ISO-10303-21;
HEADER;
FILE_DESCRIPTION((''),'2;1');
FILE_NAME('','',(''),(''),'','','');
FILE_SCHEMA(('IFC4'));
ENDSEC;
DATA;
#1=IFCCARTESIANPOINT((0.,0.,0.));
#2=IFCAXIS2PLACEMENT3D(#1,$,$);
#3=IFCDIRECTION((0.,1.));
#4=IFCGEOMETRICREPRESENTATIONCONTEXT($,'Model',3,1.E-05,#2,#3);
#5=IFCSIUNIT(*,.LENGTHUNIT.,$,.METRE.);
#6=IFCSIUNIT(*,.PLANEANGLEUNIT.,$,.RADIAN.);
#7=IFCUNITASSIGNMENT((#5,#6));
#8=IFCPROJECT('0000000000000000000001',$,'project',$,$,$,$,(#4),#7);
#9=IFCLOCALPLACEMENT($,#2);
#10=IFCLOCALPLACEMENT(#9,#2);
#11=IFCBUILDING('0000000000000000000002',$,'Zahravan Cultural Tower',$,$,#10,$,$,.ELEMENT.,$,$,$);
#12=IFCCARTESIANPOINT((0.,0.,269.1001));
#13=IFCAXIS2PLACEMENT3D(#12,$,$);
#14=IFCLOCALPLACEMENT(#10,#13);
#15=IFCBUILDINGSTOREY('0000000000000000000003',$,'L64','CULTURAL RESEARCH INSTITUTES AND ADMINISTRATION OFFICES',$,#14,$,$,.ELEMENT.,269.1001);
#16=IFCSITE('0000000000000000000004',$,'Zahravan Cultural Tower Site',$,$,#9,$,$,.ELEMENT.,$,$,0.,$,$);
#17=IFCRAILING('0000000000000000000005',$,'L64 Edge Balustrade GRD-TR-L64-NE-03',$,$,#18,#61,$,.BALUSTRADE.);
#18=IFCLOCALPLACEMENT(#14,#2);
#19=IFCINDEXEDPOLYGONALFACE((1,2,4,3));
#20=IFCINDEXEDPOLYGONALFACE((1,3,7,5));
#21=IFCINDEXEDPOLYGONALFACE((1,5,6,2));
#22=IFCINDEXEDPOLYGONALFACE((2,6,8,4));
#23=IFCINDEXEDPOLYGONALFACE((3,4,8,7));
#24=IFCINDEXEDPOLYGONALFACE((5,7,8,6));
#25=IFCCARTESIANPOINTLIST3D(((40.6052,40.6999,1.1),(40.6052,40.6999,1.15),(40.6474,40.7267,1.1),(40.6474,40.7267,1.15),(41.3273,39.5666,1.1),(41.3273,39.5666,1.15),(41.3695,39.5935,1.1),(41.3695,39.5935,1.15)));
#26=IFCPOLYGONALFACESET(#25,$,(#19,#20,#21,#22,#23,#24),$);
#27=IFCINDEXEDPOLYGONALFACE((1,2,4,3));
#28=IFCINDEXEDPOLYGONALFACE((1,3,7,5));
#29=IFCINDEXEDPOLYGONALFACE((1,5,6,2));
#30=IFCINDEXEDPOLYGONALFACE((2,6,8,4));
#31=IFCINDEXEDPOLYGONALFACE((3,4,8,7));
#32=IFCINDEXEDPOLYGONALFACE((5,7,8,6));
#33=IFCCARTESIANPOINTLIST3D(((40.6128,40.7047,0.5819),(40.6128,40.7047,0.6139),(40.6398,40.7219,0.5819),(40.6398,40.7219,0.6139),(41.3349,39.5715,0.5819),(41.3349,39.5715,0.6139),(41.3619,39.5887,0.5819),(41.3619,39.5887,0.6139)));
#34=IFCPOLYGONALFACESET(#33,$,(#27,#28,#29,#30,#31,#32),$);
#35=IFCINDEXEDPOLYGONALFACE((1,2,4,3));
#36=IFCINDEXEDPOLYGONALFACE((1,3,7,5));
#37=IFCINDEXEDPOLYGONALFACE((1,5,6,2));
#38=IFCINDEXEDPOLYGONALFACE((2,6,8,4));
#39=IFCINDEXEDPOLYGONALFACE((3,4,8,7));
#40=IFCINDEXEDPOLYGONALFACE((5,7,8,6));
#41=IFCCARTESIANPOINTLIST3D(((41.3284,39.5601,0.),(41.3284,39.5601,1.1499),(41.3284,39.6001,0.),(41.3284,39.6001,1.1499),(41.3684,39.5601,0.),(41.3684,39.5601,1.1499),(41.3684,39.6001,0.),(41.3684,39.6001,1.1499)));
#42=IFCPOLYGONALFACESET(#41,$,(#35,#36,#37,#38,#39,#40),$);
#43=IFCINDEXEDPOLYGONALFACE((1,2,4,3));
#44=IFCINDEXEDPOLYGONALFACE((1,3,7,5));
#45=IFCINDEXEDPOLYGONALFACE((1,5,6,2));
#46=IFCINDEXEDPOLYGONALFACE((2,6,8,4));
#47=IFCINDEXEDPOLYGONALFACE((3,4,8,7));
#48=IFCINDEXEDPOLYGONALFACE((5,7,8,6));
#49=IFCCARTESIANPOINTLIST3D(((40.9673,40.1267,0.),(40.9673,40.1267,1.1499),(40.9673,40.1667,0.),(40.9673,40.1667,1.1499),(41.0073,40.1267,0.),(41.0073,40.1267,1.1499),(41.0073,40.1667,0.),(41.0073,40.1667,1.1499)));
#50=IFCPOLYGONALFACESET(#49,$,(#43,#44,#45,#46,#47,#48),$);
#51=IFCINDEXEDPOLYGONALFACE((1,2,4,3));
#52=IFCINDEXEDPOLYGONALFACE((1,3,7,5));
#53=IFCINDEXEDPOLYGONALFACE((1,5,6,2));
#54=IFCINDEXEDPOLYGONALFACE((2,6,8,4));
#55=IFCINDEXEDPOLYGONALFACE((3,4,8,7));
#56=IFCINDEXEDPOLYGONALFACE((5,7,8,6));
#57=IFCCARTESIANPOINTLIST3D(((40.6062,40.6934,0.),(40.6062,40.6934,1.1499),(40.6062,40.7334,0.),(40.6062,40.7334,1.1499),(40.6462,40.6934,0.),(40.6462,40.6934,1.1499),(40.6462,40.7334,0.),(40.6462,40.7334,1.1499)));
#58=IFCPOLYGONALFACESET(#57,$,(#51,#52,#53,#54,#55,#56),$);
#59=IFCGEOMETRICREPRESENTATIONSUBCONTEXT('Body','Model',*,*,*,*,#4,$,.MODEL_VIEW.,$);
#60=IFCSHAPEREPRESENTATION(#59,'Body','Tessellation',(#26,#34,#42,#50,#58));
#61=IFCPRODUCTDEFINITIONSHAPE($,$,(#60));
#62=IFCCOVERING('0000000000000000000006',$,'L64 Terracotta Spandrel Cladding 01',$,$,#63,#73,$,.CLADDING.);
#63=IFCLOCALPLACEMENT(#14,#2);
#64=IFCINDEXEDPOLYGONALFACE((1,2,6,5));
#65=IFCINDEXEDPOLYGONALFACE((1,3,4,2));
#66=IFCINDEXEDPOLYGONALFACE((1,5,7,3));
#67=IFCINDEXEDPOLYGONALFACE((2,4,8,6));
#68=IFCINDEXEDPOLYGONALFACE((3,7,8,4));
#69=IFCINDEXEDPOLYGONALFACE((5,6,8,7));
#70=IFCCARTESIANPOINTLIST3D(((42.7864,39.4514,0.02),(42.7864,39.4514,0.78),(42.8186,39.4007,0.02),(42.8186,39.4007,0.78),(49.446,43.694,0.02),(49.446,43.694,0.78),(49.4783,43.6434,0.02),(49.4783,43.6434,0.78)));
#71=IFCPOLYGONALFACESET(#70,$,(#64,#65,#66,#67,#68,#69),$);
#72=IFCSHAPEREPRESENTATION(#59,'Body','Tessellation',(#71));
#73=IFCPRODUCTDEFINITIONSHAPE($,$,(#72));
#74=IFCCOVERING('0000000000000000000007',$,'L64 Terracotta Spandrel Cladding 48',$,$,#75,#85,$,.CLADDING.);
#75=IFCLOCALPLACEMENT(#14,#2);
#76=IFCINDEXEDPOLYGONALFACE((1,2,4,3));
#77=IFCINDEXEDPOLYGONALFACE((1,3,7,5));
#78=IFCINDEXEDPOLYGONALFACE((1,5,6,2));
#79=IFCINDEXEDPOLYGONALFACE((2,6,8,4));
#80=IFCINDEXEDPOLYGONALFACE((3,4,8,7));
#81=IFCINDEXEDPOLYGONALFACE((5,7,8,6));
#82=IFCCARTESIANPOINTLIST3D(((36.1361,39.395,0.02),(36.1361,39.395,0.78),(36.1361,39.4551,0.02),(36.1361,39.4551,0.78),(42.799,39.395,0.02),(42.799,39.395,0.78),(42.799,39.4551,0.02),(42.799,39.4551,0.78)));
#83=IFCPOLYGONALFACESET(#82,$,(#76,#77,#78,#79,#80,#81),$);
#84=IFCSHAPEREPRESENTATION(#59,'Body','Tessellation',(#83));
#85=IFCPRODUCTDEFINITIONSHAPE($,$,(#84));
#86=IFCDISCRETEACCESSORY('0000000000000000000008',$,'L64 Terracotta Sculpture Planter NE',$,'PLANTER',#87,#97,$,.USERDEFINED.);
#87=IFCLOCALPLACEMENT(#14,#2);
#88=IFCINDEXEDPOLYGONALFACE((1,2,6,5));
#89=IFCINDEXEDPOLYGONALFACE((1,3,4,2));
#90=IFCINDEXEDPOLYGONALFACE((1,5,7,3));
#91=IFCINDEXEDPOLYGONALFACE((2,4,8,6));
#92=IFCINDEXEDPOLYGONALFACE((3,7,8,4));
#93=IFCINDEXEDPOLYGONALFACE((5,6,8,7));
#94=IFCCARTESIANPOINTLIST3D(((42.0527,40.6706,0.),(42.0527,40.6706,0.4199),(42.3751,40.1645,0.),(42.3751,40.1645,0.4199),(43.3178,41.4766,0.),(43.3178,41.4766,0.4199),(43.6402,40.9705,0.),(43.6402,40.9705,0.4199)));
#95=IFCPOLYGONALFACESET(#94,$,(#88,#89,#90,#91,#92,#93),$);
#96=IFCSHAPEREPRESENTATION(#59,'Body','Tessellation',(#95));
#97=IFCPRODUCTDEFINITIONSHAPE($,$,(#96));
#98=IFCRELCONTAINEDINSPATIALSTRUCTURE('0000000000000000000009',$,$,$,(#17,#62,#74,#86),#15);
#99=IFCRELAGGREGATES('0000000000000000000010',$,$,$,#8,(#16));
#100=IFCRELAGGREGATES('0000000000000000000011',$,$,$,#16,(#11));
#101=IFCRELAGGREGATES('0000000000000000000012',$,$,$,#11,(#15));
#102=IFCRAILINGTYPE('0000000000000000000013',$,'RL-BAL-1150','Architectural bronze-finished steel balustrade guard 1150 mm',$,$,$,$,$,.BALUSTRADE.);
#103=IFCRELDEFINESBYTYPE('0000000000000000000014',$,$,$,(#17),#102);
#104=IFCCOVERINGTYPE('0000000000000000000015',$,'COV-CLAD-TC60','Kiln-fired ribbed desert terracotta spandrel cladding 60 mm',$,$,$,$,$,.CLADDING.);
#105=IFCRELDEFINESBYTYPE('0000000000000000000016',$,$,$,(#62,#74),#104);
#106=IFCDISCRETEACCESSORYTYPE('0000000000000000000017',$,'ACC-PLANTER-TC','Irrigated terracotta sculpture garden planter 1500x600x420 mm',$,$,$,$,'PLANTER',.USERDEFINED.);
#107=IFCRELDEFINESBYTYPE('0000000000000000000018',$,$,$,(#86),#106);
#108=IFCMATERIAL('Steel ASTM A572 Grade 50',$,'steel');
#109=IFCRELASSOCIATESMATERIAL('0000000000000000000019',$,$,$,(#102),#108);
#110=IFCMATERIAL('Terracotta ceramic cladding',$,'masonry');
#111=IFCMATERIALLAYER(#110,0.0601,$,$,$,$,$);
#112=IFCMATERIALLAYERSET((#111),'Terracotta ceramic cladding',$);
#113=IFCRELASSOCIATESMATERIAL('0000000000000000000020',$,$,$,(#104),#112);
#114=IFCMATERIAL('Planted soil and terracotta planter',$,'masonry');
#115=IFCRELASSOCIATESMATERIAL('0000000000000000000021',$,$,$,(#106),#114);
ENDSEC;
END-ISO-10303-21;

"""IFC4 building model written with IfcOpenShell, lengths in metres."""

from ifc_helpers import new_model, si_unit, direction, frame, origin, origin_2d, place, context, subcontext, project, spatial, rectangle, extrude, source, transform, mapped, material, layer, layer_set, type_object, element, save


model = new_model("IFC4")

# Units and contexts
model_context = context("Model", 3, precision=1e-05, world=origin(), true_north=direction((0.0, 1.0)))
body_context = subcontext(model_context, "Body", "Model", "MODEL_VIEW")
ifc_project = project(units=[si_unit("LENGTHUNIT", "METRE"), si_unit("PLANEANGLEUNIT", "RADIAN")], contexts=[model_context])

# Site, building, storey
site_placement = place(None, origin())
site = spatial("IfcSite", under=ifc_project, at=site_placement, Name="Zahravan Cultural Tower Site", CompositionType="ELEMENT", RefElevation=0.0)
building_placement = place(site_placement, origin())
building = spatial("IfcBuilding", under=site, at=building_placement, Name="Zahravan Cultural Tower", CompositionType="ELEMENT")
storey_placement = place(building_placement, frame((0.0, 0.0, 269.1001)))
storey = spatial("IfcBuildingStorey", under=building, at=storey_placement, Name="L64", Description="CULTURAL RESEARCH INSTITUTES AND ADMINISTRATION OFFICES", CompositionType="ELEMENT", Elevation=269.1001)

# Railing
ifc_material_1 = material(Name="Steel ASTM A572 Grade 50", Category="steel")
railing_type = type_object("IfcRailingType", Name="RL-BAL-1150", Description="Architectural bronze-finished steel balustrade guard 1150 mm", PredefinedType="BALUSTRADE", material=ifc_material_1)
railing_1_placement = place(storey_placement, frame((41.3484, 39.5801, 0.0)))
element("IfcRailing", 1, at=railing_1_placement, inside=storey, type_object=railing_type, Name="L64 Edge Balustrade GRD-TR-L64-NE-03", PredefinedType="BALUSTRADE", context=body_context, shape_type="SweptSolid", body=[
    extrude(rectangle(XDim=0.05, YDim=0.05, at=origin_2d()), frame((0.0, 0.0, 1.125), z_axis=(-0.537393, 0.843332, 0.0), x_axis=(-0.843332, -0.537393, 0.0)), (0.0, 0.0, 1.0), 1.3438),
    extrude(rectangle(XDim=0.032, YDim=0.032, at=origin_2d()), frame((0.0, 0.0, 0.5979), z_axis=(-0.537393, 0.843332, 0.0), x_axis=(-0.843332, -0.537393, 0.0)), (0.0, 0.0, 1.0), 1.3438),
    extrude(rectangle(XDim=0.04, YDim=0.04, at=origin_2d()), origin(), (0.0, 0.0, 1.0), 1.1499),
    extrude(rectangle(XDim=0.04, YDim=0.04, at=origin_2d()), frame((-0.3611, 0.5667, 0.0)), (0.0, 0.0, 1.0), 1.1499),
    extrude(rectangle(XDim=0.04, YDim=0.04, at=origin_2d()), frame((-0.7222, 1.1333, 0.0)), (0.0, 0.0, 1.0), 1.1499),
])

# Coverings
ifc_material_2 = material(Name="Terracotta ceramic cladding", Category="masonry")
ifc_layer_1 = layer(ifc_material_2, 0.0601)
ifc_layer_set_1 = layer_set([ifc_layer_1], Name="Terracotta ceramic cladding")
covering_type = type_object("IfcCoveringType", Name="COV-CLAD-TC60", Description="Kiln-fired ribbed desert terracotta spandrel cladding 60 mm", PredefinedType="CLADDING", material=ifc_layer_set_1)
shared_shape_1 = source(origin(), body_context, "Body", "SweptSolid", [
    extrude(rectangle(XDim=7.8962, YDim=0.0601, at=origin_2d()), origin(), (0.0, 0.0, 1.0), 0.76),
])
covering_1_placement = place(storey_placement, frame((46.1323, 41.5474, 0.02), z_axis=(0.0, 0.0, 1.0), x_axis=(0.843391, 0.5373, 0.0)))
element("IfcCovering", 2, at=covering_1_placement, inside=storey, type_object=covering_type, Name="L64 Terracotta Spandrel Cladding 01", PredefinedType="CLADDING", context=body_context, shape_type="MappedRepresentation", body=[
    mapped(shared_shape_1, transform((0.0, 0.0, 0.0), x_axis=(1.0, 0.0, 0.0), y_axis=(0.0, 1.0, 0.0), z_axis=(0.0, 0.0, 1.0), scale=1.0)),
])
shared_shape_2 = source(origin(), body_context, "Body", "SweptSolid", [
    extrude(rectangle(XDim=6.6628, YDim=0.0601, at=origin_2d()), origin(), (0.0, 0.0, 1.0), 0.76),
])
covering_2_placement = place(storey_placement, frame((39.4675, 39.425, 0.02), z_axis=(0.0, 0.0, 1.0), x_axis=(1.0, 0.0, 0.0)))
element("IfcCovering", 3, at=covering_2_placement, inside=storey, type_object=covering_type, Name="L64 Terracotta Spandrel Cladding 48", PredefinedType="CLADDING", context=body_context, shape_type="MappedRepresentation", body=[
    mapped(shared_shape_2, transform((0.0, 0.0, 0.0), x_axis=(1.0, 0.0, 0.0), y_axis=(0.0, 1.0, 0.0), z_axis=(0.0, 0.0, 1.0), scale=1.0)),
])

# Discrete accessory
ifc_material_3 = material(Name="Planted soil and terracotta planter", Category="masonry")
discrete_accessory_type = type_object("IfcDiscreteAccessoryType", Name="ACC-PLANTER-TC", Description="Irrigated terracotta sculpture garden planter 1500x600x420 mm", ElementType="PLANTER", PredefinedType="USERDEFINED", material=ifc_material_3)
shared_shape_3 = source(origin(), body_context, "Body", "SweptSolid", [
    extrude(rectangle(XDim=1.5, YDim=0.6001, at=origin_2d()), origin(), (0.0, 0.0, 1.0), 0.4199),
])
discrete_accessory_placement = place(storey_placement, frame((42.8464, 40.8206, 0.0), z_axis=(0.0, 0.0, 1.0), x_axis=(0.843391, 0.5373, 0.0)))
element("IfcDiscreteAccessory", 4, at=discrete_accessory_placement, inside=storey, type_object=discrete_accessory_type, Name="L64 Terracotta Sculpture Planter NE", ObjectType="PLANTER", PredefinedType="USERDEFINED", context=body_context, shape_type="MappedRepresentation", body=[
    mapped(shared_shape_3, transform((0.0, 0.0, 0.0), x_axis=(1.0, 0.0, 0.0), y_axis=(0.0, 1.0, 0.0), z_axis=(0.0, 0.0, 1.0), scale=1.0)),
])

save(model, "model.ifc")
